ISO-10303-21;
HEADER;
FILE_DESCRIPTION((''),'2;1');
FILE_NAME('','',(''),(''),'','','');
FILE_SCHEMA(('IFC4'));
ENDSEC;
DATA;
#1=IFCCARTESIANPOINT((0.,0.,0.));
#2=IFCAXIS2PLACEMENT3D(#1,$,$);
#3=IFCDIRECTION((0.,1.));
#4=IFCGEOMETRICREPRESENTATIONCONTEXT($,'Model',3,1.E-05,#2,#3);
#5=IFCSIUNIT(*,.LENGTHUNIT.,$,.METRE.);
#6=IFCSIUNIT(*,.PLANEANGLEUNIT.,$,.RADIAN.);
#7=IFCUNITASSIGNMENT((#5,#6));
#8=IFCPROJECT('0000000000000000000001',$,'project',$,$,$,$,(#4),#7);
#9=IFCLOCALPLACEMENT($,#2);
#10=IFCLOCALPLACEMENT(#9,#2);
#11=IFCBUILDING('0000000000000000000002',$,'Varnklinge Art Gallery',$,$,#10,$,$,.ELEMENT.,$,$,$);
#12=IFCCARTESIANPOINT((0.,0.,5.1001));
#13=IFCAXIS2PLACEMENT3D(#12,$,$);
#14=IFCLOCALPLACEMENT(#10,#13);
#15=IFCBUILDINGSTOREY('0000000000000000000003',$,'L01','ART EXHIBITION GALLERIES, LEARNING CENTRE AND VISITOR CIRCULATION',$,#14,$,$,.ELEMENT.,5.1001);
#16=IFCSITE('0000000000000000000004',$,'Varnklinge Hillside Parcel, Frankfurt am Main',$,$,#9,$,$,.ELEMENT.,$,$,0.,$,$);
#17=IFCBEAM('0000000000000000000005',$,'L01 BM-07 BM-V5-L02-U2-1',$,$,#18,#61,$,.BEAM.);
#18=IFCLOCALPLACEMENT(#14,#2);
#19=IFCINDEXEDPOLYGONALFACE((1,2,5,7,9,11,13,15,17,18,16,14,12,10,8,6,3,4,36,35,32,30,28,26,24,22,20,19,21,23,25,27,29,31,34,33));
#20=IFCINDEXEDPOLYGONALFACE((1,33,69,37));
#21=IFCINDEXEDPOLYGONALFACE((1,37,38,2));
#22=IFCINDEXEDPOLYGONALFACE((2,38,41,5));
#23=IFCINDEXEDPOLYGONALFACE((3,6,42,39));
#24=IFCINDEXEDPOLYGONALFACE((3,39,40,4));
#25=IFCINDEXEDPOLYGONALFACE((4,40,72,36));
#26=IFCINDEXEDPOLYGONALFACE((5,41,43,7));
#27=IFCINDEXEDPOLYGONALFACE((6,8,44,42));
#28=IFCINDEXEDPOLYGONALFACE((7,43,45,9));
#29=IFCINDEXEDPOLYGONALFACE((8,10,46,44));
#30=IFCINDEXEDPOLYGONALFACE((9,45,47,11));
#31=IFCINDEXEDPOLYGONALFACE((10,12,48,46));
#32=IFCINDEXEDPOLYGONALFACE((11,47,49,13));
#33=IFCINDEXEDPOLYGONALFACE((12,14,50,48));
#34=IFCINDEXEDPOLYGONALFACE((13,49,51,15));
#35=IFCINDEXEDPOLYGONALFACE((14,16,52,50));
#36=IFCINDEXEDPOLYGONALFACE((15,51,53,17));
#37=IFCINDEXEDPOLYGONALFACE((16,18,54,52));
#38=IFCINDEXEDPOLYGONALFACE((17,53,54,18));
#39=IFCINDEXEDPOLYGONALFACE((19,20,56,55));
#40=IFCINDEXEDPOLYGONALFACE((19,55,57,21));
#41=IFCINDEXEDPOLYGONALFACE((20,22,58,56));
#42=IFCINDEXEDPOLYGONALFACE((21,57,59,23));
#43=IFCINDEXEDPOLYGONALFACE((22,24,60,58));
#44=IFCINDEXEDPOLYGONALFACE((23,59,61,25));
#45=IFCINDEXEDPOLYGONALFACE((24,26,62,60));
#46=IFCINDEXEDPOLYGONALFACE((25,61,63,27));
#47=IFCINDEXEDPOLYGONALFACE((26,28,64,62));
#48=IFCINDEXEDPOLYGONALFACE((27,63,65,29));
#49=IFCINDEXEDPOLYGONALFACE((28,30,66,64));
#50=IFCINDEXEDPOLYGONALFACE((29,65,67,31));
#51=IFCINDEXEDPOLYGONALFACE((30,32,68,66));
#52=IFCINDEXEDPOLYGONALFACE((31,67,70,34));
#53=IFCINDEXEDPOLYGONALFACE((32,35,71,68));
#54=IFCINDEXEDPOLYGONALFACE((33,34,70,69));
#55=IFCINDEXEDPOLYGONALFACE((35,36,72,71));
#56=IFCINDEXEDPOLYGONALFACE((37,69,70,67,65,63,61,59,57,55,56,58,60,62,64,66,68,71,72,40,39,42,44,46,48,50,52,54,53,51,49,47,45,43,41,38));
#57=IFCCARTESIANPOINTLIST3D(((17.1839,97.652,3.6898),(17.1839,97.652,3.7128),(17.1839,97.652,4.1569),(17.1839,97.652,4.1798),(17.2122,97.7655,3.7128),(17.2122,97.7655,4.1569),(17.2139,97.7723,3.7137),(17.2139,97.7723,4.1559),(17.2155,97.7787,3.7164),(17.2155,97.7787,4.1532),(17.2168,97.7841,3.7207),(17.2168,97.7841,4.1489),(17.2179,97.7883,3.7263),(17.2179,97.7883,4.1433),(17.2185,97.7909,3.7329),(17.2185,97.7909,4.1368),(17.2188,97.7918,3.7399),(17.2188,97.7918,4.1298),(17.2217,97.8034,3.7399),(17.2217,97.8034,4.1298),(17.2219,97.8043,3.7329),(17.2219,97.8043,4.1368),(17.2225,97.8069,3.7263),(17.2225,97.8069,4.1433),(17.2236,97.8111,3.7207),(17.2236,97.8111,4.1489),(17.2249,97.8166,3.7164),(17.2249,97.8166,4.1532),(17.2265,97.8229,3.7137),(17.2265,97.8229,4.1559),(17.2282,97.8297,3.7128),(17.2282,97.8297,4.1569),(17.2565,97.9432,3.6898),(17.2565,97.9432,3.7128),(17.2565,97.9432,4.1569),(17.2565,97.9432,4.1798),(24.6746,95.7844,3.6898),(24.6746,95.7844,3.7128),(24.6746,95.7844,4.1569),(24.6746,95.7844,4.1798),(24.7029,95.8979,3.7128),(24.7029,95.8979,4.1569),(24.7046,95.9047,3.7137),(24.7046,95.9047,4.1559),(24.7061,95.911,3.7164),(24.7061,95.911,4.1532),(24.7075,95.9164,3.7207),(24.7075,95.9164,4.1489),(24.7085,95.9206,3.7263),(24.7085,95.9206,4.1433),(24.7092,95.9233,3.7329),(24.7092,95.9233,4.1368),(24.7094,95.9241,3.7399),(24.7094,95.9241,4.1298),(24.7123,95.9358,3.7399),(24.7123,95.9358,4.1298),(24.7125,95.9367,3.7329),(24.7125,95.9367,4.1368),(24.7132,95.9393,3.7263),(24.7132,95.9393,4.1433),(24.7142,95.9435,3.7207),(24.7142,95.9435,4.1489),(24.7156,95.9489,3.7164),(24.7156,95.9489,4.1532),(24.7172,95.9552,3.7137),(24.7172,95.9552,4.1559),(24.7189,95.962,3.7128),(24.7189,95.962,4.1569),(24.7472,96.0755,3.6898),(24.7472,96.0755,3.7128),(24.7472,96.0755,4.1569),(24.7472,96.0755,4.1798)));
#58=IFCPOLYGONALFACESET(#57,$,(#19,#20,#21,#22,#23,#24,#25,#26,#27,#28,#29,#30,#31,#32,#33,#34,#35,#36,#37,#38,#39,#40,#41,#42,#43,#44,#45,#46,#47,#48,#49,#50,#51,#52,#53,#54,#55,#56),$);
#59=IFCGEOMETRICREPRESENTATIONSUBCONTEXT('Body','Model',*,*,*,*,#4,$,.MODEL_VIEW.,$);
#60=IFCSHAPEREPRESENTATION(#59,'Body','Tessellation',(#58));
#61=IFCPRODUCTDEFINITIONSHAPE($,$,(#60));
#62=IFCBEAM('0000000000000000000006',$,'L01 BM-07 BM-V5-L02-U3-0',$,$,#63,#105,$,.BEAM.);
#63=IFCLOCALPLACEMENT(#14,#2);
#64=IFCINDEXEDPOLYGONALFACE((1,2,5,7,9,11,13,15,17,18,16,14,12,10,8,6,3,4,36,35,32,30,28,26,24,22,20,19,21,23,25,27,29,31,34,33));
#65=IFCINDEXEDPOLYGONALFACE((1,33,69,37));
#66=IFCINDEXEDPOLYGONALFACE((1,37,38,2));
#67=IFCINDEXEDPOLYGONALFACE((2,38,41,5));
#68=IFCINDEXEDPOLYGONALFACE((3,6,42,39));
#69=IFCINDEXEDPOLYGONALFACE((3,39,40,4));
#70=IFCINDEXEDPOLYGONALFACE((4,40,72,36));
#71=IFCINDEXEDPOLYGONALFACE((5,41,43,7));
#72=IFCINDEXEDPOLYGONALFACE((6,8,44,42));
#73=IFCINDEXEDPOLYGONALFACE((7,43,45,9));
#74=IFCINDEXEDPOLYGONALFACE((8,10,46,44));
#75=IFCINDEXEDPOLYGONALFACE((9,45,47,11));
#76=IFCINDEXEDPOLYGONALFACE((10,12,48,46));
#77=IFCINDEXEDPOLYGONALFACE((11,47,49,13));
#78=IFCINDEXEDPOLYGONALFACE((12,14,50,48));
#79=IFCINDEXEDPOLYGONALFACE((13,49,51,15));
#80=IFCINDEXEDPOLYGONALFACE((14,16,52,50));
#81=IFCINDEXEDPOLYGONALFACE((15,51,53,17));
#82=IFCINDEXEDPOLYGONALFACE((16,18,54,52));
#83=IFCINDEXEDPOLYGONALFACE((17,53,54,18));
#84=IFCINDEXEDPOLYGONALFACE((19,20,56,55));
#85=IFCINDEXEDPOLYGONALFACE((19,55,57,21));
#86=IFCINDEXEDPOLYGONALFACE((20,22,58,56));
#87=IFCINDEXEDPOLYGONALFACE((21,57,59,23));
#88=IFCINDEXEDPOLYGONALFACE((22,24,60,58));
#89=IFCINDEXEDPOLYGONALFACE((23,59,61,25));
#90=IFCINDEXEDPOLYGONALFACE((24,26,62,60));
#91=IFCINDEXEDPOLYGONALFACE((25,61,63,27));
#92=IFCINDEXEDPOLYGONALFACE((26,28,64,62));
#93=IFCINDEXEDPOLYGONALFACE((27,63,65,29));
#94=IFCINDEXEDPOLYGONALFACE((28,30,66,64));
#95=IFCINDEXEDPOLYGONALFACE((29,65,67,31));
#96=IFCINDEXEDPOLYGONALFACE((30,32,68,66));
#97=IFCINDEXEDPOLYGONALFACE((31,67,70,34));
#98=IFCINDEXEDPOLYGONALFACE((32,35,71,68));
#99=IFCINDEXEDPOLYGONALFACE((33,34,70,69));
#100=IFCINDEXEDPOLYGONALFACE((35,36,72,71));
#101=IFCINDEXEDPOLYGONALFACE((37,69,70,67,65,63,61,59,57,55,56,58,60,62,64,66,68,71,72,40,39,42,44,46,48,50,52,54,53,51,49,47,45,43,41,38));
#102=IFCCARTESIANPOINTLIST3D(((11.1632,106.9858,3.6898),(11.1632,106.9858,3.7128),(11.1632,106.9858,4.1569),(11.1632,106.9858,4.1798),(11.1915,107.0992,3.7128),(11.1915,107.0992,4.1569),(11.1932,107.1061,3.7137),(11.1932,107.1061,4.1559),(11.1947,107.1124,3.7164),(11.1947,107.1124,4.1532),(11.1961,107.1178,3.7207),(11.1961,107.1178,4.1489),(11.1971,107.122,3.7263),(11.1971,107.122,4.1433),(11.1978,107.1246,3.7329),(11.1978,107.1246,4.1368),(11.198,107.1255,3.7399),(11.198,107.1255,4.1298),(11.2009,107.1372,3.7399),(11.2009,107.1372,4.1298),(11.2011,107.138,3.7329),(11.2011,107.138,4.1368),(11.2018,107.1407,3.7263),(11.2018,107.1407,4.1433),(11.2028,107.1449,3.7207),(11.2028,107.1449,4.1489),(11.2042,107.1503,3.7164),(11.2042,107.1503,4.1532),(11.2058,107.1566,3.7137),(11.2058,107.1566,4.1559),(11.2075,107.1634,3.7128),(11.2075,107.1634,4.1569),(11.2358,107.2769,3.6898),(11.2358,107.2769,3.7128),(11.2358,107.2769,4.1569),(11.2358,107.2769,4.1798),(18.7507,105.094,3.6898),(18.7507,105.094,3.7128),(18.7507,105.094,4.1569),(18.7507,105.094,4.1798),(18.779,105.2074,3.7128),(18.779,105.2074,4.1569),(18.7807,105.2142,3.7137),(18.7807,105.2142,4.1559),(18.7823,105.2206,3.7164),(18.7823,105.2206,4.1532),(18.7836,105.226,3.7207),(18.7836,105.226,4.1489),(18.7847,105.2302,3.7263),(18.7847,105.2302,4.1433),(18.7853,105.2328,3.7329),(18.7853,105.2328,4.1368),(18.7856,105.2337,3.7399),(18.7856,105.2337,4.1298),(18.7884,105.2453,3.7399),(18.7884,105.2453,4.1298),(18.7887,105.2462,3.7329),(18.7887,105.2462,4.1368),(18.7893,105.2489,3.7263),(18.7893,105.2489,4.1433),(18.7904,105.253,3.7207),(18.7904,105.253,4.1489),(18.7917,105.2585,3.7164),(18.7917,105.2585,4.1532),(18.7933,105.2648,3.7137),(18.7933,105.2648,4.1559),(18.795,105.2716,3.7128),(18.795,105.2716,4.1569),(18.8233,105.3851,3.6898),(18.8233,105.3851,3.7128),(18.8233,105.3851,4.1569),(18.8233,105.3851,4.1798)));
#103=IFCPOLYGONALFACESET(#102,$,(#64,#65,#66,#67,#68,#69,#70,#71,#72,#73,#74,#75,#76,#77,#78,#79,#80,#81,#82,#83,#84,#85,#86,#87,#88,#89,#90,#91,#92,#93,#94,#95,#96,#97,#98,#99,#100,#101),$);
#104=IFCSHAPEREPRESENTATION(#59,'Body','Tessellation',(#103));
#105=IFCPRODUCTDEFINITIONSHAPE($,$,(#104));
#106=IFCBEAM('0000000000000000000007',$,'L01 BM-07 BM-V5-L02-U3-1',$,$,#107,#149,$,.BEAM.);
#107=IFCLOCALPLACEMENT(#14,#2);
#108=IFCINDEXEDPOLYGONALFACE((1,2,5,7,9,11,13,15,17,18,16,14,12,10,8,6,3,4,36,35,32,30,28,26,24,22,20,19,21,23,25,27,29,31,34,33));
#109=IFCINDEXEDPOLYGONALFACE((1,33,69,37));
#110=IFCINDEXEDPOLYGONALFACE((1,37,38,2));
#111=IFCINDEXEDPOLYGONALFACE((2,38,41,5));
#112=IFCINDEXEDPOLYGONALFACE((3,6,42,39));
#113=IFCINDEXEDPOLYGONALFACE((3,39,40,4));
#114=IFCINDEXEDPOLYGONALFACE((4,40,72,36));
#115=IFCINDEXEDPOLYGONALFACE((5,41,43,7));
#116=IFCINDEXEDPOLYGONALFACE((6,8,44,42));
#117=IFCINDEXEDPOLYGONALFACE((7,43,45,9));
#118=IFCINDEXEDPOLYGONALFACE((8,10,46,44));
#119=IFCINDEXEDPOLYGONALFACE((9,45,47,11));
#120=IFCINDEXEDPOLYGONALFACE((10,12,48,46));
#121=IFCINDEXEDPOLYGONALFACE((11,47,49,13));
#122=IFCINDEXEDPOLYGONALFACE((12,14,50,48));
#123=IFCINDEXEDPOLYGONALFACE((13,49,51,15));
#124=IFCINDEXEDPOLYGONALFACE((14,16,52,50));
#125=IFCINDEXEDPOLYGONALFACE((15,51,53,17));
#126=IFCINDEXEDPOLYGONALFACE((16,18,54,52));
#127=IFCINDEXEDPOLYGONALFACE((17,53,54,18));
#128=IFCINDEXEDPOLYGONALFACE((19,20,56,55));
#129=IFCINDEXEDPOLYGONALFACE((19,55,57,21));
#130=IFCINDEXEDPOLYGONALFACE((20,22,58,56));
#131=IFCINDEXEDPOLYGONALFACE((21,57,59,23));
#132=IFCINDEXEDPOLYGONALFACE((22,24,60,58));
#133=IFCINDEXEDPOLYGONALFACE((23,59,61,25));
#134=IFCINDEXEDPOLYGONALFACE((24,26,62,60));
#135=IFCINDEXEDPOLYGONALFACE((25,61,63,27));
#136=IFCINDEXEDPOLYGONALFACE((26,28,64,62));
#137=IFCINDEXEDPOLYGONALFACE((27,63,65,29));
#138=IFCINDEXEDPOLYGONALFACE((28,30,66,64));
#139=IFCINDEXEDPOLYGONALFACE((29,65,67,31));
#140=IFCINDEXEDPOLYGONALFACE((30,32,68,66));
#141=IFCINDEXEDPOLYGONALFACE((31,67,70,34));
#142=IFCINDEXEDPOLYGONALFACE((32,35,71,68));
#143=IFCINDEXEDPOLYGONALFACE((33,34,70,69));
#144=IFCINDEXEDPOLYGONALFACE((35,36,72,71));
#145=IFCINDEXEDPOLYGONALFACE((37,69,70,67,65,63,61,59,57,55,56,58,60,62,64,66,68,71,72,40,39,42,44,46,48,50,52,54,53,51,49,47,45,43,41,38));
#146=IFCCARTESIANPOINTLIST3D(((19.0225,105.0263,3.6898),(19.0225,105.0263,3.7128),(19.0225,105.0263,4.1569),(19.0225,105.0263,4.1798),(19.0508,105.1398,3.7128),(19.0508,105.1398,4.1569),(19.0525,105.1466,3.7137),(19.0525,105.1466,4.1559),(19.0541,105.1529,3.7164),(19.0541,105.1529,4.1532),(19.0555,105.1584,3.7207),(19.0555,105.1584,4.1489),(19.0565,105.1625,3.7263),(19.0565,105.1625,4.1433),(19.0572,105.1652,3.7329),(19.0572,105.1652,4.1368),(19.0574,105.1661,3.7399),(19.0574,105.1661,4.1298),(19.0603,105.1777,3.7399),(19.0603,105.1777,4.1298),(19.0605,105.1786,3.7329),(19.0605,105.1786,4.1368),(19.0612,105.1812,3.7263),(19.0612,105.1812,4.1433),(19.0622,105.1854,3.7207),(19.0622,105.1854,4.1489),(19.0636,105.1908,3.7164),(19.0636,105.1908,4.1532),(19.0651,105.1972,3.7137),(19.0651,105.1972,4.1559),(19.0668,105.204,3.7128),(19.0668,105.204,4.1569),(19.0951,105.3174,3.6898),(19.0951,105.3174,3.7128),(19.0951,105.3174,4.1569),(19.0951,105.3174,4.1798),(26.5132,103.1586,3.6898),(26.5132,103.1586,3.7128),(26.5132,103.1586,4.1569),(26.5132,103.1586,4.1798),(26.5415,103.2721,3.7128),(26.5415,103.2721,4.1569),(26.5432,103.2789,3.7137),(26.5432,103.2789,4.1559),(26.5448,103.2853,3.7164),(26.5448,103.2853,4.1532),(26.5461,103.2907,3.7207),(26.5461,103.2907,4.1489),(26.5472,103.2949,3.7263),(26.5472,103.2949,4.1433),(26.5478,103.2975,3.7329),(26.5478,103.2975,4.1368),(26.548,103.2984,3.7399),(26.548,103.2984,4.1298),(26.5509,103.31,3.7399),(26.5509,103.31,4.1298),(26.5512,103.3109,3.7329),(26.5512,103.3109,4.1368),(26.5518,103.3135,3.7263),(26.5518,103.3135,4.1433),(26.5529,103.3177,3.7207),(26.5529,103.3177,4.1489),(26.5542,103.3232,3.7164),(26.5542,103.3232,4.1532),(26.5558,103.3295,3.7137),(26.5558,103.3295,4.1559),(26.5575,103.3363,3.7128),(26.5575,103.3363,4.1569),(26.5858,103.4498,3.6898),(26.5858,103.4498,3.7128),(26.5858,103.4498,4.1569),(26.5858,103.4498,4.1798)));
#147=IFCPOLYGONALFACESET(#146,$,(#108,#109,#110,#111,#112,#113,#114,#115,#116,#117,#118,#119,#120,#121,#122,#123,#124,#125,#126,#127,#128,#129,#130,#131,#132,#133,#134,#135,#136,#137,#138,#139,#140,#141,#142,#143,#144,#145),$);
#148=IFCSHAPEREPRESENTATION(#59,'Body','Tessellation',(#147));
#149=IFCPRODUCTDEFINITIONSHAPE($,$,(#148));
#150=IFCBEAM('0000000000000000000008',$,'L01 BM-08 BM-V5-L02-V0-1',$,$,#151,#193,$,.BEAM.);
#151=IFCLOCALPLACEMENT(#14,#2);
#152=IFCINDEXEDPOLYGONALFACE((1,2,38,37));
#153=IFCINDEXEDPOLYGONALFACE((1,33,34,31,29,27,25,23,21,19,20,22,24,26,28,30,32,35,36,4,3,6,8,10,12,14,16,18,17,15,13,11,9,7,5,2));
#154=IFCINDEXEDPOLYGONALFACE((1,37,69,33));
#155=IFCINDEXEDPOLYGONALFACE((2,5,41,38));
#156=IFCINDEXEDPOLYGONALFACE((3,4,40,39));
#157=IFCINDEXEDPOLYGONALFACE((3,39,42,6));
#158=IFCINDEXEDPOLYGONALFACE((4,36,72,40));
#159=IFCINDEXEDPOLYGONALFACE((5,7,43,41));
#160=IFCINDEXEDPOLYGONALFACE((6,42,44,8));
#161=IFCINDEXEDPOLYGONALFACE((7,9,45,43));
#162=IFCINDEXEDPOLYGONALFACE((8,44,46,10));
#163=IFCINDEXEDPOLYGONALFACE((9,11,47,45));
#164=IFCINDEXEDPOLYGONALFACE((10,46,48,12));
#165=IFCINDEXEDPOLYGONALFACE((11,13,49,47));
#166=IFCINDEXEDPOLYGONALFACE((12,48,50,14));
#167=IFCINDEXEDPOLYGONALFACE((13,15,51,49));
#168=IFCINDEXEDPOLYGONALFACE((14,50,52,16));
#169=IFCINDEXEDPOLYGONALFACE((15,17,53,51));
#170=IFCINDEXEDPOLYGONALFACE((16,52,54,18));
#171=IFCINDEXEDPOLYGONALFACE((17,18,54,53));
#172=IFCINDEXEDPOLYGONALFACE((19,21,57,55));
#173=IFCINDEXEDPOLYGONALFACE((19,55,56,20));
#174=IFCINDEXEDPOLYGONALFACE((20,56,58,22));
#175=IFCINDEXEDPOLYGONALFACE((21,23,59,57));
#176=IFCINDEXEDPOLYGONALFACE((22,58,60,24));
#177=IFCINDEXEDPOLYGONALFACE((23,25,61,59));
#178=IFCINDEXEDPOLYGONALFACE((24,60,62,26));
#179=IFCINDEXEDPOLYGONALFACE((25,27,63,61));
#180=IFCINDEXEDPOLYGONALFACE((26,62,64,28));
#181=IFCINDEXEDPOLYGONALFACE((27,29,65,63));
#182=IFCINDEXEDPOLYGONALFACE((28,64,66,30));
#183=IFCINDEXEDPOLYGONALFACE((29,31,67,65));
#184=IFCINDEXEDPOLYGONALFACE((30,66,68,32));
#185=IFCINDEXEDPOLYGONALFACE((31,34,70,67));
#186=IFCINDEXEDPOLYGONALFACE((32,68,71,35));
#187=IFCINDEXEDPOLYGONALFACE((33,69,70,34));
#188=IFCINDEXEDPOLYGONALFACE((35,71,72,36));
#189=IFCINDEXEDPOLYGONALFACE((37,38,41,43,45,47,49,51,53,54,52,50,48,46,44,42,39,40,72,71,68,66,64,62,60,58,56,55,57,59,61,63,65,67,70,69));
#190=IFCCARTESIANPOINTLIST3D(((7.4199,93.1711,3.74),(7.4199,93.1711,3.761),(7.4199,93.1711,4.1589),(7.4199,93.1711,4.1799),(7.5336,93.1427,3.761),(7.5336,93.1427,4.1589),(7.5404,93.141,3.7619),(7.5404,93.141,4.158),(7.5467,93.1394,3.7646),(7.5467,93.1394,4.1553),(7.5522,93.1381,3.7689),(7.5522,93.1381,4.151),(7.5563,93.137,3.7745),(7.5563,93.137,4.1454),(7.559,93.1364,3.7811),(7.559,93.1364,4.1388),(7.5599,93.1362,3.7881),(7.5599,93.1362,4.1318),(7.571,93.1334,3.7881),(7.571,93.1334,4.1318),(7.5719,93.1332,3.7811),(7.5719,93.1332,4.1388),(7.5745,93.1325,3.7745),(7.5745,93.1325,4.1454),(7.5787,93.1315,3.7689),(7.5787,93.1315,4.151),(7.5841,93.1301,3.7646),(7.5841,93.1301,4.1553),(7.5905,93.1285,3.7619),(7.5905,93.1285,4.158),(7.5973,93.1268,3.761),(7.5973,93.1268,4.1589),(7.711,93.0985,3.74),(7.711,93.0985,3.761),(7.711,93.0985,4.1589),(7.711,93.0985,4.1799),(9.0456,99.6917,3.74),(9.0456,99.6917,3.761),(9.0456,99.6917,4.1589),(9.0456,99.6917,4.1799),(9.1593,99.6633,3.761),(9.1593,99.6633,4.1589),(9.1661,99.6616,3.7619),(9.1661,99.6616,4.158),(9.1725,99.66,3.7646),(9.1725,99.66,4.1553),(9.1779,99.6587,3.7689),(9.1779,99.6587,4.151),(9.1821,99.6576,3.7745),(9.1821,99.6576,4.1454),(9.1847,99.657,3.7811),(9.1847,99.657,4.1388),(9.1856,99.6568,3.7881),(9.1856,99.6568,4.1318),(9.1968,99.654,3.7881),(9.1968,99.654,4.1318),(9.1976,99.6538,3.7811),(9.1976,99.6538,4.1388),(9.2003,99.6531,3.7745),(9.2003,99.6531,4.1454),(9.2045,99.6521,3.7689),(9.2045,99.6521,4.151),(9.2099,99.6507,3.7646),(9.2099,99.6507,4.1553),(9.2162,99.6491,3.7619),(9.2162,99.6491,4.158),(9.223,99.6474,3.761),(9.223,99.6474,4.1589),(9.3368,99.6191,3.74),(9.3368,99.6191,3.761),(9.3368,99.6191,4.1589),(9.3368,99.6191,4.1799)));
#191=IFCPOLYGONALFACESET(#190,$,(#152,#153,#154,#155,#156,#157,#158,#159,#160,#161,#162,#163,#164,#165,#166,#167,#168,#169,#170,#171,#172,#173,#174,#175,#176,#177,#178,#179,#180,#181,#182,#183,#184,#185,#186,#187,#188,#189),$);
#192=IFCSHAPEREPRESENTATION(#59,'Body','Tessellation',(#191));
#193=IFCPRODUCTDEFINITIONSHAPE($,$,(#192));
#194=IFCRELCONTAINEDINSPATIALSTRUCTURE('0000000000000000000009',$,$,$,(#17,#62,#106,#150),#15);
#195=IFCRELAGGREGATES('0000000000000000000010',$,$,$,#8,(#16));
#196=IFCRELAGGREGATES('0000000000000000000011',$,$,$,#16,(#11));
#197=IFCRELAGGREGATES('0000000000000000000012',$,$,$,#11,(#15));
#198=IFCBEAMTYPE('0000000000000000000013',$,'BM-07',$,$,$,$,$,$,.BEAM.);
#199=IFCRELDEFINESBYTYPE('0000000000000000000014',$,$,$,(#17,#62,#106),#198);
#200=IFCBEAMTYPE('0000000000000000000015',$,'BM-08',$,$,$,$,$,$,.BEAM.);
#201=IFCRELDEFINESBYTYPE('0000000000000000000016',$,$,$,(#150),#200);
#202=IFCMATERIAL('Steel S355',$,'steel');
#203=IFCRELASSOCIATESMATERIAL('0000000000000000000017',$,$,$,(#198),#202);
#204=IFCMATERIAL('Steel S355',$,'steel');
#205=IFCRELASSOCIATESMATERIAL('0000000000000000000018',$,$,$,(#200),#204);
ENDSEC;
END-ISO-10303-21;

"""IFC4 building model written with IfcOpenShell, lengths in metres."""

from ifc_helpers import new_model, si_unit, direction, frame, origin, origin_2d, place, context, subcontext, project, spatial, i_section, extrude, material, material_profile, profile_set, type_object, element, save


model = new_model("IFC4")

# Units and contexts
model_context = context("Model", 3, precision=1e-05, world=origin(), true_north=direction((0.0, 1.0)))
body_context = subcontext(model_context, "Body", "Model", "MODEL_VIEW")
ifc_project = project(units=[si_unit("LENGTHUNIT", "METRE"), si_unit("PLANEANGLEUNIT", "RADIAN")], contexts=[model_context])

# Site, building, storey
site_placement = place(None, origin())
site = spatial("IfcSite", under=ifc_project, at=site_placement, Name="Varnklinge Hillside Parcel, Frankfurt am Main", CompositionType="ELEMENT", RefElevation=0.0)
building_placement = place(site_placement, origin())
building = spatial("IfcBuilding", under=site, at=building_placement, Name="Varnklinge Art Gallery", CompositionType="ELEMENT")
storey_placement = place(building_placement, frame((0.0, 0.0, 5.1001)))
storey = spatial("IfcBuildingStorey", under=building, at=storey_placement, Name="L01", Description="ART EXHIBITION GALLERIES, LEARNING CENTRE AND VISITOR CIRCULATION", CompositionType="ELEMENT", Elevation=5.1001)

# Beams
ifc_material_1 = material(Name="Steel S355", Category="steel")
ifc_material_profile_1 = material_profile(ifc_material_1, i_section(OverallWidth=0.3, OverallDepth=0.49, WebThickness=0.012, FlangeThickness=0.0229, FilletRadius=0.0271, at=origin_2d()), Name="HEA 500")
ifc_profile_set_1 = profile_set([ifc_material_profile_1], Name="Steel S355")
beam_type_1 = type_object("IfcBeamType", Name="BM-07", PredefinedType="BEAM", material=ifc_profile_set_1)
beam_1_placement = place(storey_placement, frame((17.2202, 97.7976, 3.9348), z_axis=(0.970295, -0.241925, 0.0), x_axis=(0.241925, 0.970295, 0.0)))
element("IfcBeam", 1, at=beam_1_placement, inside=storey, type_object=beam_type_1, Name="L01 BM-07 BM-V5-L02-U2-1", PredefinedType="BEAM", context=body_context, shape_type="SweptSolid", body=[
    extrude(i_section(OverallWidth=0.3, OverallDepth=0.49, WebThickness=0.012, FlangeThickness=0.0229, FilletRadius=0.0271, at=origin_2d()), origin(), (0.0, 0.0, 1.0), 7.72),
])
beam_2_placement = place(storey_placement, frame((11.1995, 107.1313, 3.9348), z_axis=(0.970295, -0.241926, 0.0), x_axis=(0.241926, 0.970295, 0.0)))
element("IfcBeam", 2, at=beam_2_placement, inside=storey, type_object=beam_type_1, Name="L01 BM-07 BM-V5-L02-U3-0", PredefinedType="BEAM", context=body_context, shape_type="SweptSolid", body=[
    extrude(i_section(OverallWidth=0.3, OverallDepth=0.49, WebThickness=0.012, FlangeThickness=0.0229, FilletRadius=0.0271, at=origin_2d()), origin(), (0.0, 0.0, 1.0), 7.8198),
])
beam_3_placement = place(storey_placement, frame((19.0588, 105.1719, 3.9348), z_axis=(0.970295, -0.241925, 0.0), x_axis=(0.241925, 0.970295, 0.0)))
element("IfcBeam", 3, at=beam_3_placement, inside=storey, type_object=beam_type_1, Name="L01 BM-07 BM-V5-L02-U3-1", PredefinedType="BEAM", context=body_context, shape_type="SweptSolid", body=[
    extrude(i_section(OverallWidth=0.3, OverallDepth=0.49, WebThickness=0.012, FlangeThickness=0.0229, FilletRadius=0.0271, at=origin_2d()), origin(), (0.0, 0.0, 1.0), 7.72),
])
ifc_material_2 = material(Name="Steel S355", Category="steel")
ifc_material_profile_2 = material_profile(ifc_material_2, i_section(OverallWidth=0.3, OverallDepth=0.4399, WebThickness=0.0115, FlangeThickness=0.021, FilletRadius=0.0271, at=origin_2d()), Name="HEA 450")
ifc_profile_set_2 = profile_set([ifc_material_profile_2], Name="Steel S355")
beam_type_2 = type_object("IfcBeamType", Name="BM-08", PredefinedType="BEAM", material=ifc_profile_set_2)
beam_4_placement = place(storey_placement, frame((7.5654, 93.1348, 3.96), z_axis=(0.24192, 0.970296, 0.0), x_axis=(-0.970296, 0.24192, 0.0)))
element("IfcBeam", 4, at=beam_4_placement, inside=storey, type_object=beam_type_2, Name="L01 BM-08 BM-V5-L02-V0-1", PredefinedType="BEAM", context=body_context, shape_type="SweptSolid", body=[
    extrude(i_section(OverallWidth=0.3, OverallDepth=0.4399, WebThickness=0.0115, FlangeThickness=0.021, FilletRadius=0.0271, at=origin_2d()), origin(), (0.0, 0.0, 1.0), 6.7202),
])

save(model, "model.ifc")
